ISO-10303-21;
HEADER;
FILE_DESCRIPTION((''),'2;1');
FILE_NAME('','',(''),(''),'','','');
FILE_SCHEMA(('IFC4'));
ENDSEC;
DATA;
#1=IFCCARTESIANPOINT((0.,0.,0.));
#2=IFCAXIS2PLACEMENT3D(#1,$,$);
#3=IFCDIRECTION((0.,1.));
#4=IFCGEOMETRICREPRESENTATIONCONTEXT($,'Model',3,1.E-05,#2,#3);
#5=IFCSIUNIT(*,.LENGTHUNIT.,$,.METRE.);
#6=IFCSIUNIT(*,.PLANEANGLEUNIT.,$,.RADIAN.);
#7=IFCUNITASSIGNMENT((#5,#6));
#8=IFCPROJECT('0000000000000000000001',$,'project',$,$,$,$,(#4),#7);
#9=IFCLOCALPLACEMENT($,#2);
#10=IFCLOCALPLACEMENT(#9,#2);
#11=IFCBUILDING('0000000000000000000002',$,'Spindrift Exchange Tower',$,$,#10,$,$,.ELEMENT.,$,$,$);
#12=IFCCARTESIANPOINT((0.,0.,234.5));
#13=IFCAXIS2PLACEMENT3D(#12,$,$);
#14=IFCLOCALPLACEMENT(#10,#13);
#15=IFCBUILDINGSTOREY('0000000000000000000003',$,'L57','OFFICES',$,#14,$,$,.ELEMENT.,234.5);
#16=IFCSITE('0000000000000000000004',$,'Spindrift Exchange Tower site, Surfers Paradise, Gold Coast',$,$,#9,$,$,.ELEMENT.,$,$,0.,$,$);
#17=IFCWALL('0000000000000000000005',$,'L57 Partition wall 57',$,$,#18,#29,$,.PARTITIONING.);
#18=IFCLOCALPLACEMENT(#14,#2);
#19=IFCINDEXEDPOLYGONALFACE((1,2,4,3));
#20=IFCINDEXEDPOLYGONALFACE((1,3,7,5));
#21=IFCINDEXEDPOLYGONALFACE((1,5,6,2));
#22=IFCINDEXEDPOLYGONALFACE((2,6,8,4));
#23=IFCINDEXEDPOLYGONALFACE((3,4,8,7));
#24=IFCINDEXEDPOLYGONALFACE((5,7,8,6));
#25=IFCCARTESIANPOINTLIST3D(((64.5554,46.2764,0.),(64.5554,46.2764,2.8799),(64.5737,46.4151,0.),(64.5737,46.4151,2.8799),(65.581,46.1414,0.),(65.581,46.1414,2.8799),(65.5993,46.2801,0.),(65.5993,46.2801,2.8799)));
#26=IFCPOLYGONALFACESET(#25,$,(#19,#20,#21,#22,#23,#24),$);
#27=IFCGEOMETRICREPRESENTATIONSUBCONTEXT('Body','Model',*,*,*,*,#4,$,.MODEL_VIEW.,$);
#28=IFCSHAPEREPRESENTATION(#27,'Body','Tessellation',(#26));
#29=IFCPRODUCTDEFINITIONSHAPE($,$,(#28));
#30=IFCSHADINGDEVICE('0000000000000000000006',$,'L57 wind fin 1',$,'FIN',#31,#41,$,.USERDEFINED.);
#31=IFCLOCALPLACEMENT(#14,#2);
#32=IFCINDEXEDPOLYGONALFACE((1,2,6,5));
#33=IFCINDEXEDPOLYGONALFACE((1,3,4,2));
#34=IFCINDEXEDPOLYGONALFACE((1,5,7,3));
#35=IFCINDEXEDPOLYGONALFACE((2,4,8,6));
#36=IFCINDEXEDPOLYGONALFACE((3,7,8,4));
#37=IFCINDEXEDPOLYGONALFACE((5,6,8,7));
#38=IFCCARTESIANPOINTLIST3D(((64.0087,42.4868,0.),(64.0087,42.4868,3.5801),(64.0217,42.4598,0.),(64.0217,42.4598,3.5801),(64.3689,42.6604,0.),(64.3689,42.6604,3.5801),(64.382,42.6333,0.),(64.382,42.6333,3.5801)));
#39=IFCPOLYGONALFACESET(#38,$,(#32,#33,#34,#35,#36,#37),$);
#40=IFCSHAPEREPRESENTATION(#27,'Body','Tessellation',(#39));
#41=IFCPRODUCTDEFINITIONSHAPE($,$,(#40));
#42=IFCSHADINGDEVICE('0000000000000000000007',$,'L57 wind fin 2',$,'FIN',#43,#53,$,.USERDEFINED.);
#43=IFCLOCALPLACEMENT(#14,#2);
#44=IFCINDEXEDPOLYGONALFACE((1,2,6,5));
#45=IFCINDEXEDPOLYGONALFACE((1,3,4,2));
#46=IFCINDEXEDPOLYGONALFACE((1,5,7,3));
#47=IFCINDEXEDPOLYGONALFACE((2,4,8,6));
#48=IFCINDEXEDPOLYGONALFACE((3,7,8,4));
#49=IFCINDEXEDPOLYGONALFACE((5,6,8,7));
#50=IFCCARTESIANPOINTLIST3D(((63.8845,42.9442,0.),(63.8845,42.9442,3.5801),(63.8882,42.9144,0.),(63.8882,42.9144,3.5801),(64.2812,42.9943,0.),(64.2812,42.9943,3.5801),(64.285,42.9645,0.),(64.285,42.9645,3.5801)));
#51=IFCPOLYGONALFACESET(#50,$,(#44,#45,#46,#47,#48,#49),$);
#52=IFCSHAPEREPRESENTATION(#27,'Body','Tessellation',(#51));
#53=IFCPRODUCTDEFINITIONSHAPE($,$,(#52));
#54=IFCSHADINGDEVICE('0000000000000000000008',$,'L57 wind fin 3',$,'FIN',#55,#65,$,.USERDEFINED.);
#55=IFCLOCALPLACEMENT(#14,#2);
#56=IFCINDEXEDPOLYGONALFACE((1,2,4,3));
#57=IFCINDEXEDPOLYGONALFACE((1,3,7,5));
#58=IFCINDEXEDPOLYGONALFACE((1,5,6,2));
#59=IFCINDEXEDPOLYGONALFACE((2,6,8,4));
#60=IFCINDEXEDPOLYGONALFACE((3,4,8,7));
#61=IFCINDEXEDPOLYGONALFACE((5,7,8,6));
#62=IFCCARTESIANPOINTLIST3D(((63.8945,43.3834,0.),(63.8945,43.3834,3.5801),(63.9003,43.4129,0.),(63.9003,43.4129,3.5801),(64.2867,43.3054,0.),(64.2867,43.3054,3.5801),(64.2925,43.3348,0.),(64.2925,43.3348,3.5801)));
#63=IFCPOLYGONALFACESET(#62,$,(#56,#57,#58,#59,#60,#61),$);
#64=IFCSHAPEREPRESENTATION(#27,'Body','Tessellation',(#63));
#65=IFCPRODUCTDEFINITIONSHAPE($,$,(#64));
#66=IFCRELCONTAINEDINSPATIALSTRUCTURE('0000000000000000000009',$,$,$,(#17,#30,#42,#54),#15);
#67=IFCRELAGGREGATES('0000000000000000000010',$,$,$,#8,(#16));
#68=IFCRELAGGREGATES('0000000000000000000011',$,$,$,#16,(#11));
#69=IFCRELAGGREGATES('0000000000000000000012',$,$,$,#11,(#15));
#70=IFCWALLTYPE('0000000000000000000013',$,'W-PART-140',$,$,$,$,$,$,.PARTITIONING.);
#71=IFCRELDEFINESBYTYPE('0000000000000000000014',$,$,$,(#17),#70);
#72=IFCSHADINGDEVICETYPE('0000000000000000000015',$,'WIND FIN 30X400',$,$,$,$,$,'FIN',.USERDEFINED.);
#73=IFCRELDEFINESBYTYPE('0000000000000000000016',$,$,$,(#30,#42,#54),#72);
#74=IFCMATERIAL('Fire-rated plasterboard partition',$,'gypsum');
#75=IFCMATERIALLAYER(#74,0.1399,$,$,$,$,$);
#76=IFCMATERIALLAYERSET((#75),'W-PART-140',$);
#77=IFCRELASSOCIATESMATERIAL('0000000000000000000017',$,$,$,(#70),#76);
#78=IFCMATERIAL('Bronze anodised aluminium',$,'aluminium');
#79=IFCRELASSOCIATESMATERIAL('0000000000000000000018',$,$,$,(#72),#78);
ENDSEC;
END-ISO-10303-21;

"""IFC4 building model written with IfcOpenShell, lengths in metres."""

from ifc_helpers import new_model, si_unit, direction, frame, frame_2d, origin, origin_2d, place, context, subcontext, project, spatial, rectangle, extrude, source, transform, mapped, material, layer, layer_set, material_profile, profile_set, type_object, element, save


model = new_model("IFC4")

# Units and contexts
model_context = context("Model", 3, precision=1e-05, world=origin(), true_north=direction((0.0, 1.0)))
body_context = subcontext(model_context, "Body", "Model", "MODEL_VIEW")
ifc_project = project(units=[si_unit("LENGTHUNIT", "METRE"), si_unit("PLANEANGLEUNIT", "RADIAN")], contexts=[model_context])

# Site, building, storey
site_placement = place(None, origin())
site = spatial("IfcSite", under=ifc_project, at=site_placement, Name="Spindrift Exchange Tower site, Surfers Paradise, Gold Coast", CompositionType="ELEMENT", RefElevation=0.0)
building_placement = place(site_placement, origin())
building = spatial("IfcBuilding", under=site, at=building_placement, Name="Spindrift Exchange Tower", CompositionType="ELEMENT")
storey_placement = place(building_placement, frame((0.0, 0.0, 234.5)))
storey = spatial("IfcBuildingStorey", under=building, at=storey_placement, Name="L57", Description="OFFICES", CompositionType="ELEMENT", Elevation=234.5)

# Shared definitions
ifc_material_1 = material(Name="Bronze anodised aluminium", Category="aluminium")

# Shared definitions
ifc_material_2 = material(Name="Fire-rated plasterboard partition", Category="gypsum")
ifc_layer_1 = layer(ifc_material_2, 0.1399)
ifc_layer_set_1 = layer_set([ifc_layer_1], Name="W-PART-140")
wall_type_1 = type_object("IfcWallType", Name="W-PART-140", PredefinedType="PARTITIONING", material=ifc_layer_set_1)

# Wall
wall_1_placement = place(storey_placement, frame((64.5647, 46.3457, 0.0), z_axis=(0.0, 0.0, 1.0), x_axis=(0.991447, -0.130509, 0.0)))
element("IfcWall", 1, at=wall_1_placement, inside=storey, type_object=wall_type_1, Name="L57 Partition wall 57", PredefinedType="PARTITIONING", context=body_context, shape_type="SweptSolid", body=[
    extrude(rectangle(XDim=1.0344, YDim=0.1399, at=frame_2d((0.5171, 0.0))), origin(), (0.0, 0.0, 1.0), 2.8799),
])

# Shading devices
ifc_material_profile_1 = material_profile(ifc_material_1, rectangle(XDim=0.03, YDim=0.3999, at=origin_2d()), Name="WIND FIN 30X400")
ifc_profile_set_1 = profile_set([ifc_material_profile_1], Name="Bronze anodised aluminium")
shading_device_type = type_object("IfcShadingDeviceType", Name="WIND FIN 30X400", ElementType="FIN", PredefinedType="USERDEFINED", material=ifc_profile_set_1)
shared_shape_1 = source(origin(), body_context, "Body", "SweptSolid", [
    extrude(rectangle(XDim=0.03, YDim=0.3999, at=origin_2d()), origin(), (0.0, 0.0, 1.0), 3.5801),
])
for number, where, z_axis, x_axis, name in (
    (2, (64.1953, 42.5601, 0.0), (0.0, 0.0, 1.0), (-0.433955, 0.900935, 0.0), "L57 wind fin 1"),
    (3, (64.0847, 42.9543, 0.0), (0.0, 0.0, 1.0), (-0.125444, 0.992101, 0.0), "L57 wind fin 2"),
    (4, (64.0935, 43.3591, 0.0), (0.0, 0.0, 1.0), (0.195234, 0.980757, 0.0), "L57 wind fin 3"),
):
    element("IfcShadingDevice", number, at=place(storey_placement, frame(where, z_axis=z_axis, x_axis=x_axis)), inside=storey, type_object=shading_device_type, Name=name, ObjectType="FIN", PredefinedType="USERDEFINED", context=body_context, shape_type="MappedRepresentation", body=[
        mapped(shared_shape_1, transform((0.0, 0.0, 0.0), scale=1.0)),
    ])

save(model, "model.ifc")
